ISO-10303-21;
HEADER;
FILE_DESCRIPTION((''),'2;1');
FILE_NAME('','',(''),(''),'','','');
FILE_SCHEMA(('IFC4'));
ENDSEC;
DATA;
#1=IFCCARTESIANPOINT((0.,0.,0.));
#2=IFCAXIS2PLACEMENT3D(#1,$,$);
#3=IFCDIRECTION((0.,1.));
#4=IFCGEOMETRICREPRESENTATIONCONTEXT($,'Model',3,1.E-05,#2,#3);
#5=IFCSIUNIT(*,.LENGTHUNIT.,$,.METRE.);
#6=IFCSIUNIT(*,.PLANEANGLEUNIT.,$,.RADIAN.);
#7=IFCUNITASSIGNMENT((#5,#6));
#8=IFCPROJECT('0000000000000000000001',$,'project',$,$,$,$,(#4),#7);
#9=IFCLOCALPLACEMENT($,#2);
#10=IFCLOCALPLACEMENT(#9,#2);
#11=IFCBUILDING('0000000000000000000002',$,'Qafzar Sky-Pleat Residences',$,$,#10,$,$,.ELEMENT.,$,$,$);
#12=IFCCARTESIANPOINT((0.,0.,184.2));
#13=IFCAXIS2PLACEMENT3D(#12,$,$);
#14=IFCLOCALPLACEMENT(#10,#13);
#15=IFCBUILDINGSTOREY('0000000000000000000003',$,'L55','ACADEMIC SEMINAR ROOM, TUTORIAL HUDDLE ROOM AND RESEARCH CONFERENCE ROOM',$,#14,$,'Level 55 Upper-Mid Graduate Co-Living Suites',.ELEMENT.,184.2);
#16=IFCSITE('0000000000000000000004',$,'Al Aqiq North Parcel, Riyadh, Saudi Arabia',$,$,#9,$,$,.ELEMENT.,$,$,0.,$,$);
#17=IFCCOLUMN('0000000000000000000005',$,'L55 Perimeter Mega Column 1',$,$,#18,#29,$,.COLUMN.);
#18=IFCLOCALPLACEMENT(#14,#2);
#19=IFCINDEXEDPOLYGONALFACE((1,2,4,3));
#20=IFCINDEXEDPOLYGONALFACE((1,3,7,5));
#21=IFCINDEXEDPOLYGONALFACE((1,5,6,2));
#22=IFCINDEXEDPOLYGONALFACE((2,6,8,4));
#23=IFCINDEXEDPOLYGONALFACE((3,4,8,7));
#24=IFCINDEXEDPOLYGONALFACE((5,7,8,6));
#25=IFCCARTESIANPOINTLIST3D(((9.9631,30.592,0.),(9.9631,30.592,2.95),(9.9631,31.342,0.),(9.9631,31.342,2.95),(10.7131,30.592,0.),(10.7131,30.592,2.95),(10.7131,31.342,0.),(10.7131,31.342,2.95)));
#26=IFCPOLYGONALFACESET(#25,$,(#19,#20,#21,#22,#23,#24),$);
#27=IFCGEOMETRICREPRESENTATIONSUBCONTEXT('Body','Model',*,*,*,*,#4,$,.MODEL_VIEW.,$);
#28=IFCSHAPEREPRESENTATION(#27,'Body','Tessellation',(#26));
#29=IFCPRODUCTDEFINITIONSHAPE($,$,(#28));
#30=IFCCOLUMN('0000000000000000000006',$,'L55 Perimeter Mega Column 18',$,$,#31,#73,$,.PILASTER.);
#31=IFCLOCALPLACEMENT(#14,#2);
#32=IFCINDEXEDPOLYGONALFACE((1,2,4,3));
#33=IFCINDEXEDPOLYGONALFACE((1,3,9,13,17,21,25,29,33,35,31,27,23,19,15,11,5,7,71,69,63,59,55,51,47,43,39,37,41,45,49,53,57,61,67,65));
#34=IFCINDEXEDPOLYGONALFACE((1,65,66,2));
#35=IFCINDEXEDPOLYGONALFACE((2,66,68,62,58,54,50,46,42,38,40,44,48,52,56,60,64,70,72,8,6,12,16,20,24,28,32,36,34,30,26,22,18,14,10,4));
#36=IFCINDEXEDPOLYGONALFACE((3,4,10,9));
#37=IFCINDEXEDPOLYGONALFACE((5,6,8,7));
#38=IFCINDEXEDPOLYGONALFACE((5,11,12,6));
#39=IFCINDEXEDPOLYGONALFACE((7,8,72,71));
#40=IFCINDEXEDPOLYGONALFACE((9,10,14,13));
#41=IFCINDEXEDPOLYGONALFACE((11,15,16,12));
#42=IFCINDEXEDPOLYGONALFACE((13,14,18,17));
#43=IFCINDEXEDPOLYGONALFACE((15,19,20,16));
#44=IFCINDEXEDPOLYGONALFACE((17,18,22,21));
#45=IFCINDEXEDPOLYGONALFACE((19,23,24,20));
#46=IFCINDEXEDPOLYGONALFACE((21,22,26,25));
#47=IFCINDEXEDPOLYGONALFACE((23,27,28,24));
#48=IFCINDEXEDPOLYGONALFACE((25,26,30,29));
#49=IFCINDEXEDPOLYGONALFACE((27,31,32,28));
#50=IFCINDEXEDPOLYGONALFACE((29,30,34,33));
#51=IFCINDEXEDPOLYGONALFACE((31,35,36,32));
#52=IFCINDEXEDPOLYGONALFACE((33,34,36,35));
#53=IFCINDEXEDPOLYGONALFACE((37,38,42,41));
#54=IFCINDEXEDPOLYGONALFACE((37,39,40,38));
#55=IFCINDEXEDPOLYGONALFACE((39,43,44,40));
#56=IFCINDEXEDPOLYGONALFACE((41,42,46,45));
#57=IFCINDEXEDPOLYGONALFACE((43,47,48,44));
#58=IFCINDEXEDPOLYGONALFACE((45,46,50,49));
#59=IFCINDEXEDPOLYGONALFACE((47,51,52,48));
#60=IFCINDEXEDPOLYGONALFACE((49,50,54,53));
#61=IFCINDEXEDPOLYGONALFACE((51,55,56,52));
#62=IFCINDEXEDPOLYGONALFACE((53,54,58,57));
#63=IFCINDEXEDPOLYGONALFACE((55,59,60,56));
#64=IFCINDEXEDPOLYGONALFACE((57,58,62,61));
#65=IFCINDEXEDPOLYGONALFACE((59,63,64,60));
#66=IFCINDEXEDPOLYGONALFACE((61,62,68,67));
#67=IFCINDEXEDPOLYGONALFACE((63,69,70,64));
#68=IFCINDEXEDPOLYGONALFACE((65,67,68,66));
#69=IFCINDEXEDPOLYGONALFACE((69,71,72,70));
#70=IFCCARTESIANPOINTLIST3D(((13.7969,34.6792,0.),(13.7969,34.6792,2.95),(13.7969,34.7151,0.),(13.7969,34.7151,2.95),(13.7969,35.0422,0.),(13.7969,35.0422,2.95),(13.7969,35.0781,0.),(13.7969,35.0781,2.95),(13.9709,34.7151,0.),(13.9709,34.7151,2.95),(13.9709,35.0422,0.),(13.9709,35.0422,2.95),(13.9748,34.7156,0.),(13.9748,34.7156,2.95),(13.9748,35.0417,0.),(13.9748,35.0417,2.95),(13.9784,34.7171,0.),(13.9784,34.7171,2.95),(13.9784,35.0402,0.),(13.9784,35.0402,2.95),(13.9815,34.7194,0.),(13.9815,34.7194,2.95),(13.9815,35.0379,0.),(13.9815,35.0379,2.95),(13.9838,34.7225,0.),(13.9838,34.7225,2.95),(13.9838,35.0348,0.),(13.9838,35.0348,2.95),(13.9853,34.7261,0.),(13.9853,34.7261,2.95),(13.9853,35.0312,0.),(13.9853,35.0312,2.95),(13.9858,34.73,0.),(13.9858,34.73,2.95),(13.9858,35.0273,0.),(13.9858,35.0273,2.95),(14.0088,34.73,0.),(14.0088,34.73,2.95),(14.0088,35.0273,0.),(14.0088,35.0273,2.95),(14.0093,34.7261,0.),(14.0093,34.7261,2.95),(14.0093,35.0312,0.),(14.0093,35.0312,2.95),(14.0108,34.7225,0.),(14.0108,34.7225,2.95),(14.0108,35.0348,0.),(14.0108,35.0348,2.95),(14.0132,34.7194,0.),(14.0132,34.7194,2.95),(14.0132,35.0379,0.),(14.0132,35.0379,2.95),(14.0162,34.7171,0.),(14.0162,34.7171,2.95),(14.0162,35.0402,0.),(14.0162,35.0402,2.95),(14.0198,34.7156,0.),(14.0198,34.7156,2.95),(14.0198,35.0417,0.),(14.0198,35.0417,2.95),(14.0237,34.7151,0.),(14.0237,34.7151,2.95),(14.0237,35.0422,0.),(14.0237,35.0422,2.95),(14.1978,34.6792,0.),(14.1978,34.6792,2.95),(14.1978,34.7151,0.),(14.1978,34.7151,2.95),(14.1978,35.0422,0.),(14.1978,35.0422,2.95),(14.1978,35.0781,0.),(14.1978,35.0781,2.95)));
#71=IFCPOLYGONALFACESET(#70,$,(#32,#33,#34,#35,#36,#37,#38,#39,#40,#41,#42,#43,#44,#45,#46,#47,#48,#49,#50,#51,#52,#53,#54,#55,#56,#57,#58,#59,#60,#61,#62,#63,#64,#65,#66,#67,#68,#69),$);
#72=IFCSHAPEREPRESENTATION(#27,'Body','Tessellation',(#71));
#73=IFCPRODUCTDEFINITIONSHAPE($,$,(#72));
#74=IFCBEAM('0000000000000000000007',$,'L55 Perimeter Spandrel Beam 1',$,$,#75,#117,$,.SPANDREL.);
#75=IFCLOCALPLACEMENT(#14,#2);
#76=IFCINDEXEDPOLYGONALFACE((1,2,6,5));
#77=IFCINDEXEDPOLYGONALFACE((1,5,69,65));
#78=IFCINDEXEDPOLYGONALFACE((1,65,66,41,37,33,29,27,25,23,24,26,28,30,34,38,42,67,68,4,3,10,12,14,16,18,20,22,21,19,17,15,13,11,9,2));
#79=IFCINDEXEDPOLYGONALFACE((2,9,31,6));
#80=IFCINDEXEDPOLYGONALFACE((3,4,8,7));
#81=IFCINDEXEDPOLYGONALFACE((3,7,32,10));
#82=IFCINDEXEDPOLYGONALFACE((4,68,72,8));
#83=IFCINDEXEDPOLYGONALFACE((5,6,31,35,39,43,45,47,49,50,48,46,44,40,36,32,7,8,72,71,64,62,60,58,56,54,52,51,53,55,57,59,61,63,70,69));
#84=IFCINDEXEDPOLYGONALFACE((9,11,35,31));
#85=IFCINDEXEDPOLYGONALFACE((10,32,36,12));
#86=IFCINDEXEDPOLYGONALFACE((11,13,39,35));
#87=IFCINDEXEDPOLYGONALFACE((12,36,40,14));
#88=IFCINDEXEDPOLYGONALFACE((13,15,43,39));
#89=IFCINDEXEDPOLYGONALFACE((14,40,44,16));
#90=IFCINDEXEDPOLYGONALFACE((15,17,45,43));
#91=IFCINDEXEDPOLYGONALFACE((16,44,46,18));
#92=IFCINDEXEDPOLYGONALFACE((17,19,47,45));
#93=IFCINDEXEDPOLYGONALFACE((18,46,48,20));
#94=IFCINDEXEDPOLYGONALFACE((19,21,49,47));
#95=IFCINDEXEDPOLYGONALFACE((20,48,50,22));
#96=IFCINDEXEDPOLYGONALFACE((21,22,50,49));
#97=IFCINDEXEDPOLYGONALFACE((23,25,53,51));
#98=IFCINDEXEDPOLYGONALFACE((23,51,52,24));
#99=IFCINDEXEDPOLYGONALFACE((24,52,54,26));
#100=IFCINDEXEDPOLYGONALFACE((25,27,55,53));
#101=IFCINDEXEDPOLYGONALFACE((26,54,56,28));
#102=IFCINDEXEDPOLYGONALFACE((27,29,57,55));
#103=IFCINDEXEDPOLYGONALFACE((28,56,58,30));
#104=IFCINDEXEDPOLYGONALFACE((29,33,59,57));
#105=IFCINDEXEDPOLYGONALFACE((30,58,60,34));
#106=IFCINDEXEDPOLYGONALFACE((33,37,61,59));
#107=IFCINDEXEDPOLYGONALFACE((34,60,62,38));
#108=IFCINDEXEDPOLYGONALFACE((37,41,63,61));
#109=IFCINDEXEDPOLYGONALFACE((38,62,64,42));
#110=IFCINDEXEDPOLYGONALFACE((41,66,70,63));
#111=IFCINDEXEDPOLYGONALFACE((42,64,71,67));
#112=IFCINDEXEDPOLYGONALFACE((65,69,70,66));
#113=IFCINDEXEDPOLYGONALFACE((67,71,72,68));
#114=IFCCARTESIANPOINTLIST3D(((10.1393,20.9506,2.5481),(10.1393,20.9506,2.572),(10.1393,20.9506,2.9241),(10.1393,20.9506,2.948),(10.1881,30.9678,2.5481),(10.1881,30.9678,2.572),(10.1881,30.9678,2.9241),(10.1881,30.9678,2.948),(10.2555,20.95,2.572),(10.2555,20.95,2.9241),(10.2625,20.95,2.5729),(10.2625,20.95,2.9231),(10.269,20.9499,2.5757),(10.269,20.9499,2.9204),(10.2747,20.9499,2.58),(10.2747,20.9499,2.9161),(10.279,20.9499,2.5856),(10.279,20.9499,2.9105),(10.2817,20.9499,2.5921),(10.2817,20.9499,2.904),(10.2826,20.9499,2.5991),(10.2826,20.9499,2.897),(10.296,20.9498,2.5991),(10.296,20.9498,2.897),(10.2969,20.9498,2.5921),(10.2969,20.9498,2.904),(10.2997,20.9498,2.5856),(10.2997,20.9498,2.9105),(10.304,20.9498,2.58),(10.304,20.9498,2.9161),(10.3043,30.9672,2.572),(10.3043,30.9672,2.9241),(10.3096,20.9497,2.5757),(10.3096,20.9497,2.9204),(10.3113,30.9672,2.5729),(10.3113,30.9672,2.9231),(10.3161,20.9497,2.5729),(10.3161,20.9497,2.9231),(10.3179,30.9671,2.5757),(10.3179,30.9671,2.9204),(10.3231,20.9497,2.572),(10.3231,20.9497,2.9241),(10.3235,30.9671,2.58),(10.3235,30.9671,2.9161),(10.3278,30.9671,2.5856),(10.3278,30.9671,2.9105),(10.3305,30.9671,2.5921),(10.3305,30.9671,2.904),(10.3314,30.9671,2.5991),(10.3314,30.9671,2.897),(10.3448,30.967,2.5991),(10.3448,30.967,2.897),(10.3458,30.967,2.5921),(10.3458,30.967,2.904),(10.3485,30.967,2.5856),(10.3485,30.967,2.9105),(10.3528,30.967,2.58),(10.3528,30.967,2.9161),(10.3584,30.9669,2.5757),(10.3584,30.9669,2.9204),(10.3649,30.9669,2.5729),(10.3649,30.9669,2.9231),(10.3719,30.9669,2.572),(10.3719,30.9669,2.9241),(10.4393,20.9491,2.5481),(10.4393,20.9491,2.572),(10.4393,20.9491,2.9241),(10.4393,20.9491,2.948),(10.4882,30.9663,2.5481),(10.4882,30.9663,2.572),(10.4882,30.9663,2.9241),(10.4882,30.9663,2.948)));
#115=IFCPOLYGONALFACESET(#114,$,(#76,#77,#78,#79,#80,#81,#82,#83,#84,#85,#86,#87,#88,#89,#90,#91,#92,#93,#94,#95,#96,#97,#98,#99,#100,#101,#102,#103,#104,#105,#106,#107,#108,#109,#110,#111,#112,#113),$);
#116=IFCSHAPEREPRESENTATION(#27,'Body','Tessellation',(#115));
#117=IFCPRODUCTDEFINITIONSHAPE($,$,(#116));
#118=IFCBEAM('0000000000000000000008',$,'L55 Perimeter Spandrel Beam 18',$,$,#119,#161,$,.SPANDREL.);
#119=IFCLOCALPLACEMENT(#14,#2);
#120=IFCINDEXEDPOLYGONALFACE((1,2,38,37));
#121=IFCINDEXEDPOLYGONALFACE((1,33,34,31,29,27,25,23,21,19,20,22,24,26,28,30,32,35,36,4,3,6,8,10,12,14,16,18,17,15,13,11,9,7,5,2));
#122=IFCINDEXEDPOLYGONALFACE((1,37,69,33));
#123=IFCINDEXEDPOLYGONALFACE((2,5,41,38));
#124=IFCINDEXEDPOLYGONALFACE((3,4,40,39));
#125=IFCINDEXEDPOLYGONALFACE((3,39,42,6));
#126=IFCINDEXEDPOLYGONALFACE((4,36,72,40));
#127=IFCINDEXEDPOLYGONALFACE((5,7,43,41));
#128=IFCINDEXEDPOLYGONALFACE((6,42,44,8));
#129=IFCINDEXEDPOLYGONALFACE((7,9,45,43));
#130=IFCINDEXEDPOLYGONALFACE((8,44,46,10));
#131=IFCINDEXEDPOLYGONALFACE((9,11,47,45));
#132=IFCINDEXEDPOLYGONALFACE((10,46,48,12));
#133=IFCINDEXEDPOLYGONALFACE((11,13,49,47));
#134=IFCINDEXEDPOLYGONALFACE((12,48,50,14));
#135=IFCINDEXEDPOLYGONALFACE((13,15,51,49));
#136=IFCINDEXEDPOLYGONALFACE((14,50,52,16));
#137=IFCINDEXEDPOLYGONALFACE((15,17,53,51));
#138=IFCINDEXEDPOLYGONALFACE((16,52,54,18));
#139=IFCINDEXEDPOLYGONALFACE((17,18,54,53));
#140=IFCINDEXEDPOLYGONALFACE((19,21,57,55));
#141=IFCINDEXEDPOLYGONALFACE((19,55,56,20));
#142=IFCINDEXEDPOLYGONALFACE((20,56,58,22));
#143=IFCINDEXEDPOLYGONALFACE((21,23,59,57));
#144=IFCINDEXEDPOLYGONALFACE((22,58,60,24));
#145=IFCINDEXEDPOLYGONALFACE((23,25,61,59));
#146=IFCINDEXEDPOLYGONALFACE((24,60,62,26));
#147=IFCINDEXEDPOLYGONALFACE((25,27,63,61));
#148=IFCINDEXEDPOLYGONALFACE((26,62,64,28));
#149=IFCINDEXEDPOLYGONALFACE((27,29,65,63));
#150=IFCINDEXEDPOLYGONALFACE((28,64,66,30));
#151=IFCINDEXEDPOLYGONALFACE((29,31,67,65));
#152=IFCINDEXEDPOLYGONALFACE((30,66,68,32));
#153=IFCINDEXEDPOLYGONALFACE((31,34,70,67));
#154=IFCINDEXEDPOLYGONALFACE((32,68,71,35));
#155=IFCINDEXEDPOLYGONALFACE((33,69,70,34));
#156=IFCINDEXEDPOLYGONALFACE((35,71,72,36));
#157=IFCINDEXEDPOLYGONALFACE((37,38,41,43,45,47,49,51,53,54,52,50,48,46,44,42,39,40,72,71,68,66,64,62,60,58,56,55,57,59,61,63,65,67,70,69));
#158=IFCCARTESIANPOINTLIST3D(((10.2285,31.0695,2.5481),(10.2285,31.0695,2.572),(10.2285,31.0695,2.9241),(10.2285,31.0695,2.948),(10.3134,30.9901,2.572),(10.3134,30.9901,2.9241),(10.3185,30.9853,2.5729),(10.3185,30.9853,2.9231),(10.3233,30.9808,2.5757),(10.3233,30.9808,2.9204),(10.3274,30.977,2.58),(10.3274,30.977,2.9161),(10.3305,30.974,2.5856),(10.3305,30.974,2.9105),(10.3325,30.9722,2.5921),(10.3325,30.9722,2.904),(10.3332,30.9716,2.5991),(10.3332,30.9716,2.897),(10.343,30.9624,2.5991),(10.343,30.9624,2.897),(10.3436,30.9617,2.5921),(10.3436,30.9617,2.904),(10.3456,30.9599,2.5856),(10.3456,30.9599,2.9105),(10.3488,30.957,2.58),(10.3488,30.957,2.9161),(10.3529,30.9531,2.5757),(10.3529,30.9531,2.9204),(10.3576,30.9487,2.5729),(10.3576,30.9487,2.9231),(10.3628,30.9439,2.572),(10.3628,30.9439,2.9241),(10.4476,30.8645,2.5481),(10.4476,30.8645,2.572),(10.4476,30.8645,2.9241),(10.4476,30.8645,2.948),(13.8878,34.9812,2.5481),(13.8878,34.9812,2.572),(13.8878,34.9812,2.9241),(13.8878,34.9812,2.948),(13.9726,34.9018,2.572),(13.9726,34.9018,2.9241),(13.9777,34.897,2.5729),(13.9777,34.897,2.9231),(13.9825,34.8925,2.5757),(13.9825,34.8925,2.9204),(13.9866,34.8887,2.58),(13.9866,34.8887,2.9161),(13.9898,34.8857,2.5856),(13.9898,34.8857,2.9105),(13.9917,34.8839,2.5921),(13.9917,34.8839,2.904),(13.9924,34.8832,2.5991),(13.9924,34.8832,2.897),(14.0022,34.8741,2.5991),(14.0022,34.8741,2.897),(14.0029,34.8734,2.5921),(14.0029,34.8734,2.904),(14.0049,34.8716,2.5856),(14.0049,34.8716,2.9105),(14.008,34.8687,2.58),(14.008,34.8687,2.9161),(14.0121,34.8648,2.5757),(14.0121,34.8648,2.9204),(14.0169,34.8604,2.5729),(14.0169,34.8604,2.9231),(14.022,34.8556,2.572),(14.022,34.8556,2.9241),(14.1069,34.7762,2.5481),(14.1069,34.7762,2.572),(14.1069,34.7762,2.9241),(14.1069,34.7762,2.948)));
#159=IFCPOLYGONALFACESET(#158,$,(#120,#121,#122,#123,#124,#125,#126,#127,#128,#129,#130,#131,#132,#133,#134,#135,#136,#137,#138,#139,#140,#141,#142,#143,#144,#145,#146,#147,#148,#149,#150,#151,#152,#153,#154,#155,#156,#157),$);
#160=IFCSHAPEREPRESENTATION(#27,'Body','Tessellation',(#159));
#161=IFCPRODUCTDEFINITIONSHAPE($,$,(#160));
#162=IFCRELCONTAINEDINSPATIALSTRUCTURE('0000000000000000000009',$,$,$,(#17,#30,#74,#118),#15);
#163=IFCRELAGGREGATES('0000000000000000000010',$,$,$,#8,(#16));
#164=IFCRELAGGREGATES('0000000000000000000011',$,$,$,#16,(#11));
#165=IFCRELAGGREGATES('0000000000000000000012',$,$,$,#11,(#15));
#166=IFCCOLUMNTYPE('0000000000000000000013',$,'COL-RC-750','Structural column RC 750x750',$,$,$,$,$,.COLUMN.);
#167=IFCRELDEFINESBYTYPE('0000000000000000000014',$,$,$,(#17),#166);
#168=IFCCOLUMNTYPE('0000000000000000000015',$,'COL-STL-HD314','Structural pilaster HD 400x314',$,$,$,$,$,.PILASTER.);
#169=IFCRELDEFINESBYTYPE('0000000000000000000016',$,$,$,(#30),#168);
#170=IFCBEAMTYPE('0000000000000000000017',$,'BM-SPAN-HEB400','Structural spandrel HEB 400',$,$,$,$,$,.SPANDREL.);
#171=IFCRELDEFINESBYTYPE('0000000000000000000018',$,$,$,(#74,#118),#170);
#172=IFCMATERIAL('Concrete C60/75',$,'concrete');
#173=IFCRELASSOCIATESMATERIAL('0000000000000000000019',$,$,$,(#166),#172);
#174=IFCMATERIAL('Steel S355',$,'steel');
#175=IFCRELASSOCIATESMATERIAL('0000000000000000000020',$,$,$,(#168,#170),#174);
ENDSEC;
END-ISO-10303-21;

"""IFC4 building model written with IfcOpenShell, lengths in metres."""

from ifc_helpers import new_model, si_unit, direction, frame, origin, origin_2d, place, context, subcontext, project, spatial, rectangle, i_section, extrude, source, transform, mapped, material, material_profile, profile_set, type_object, element, save


model = new_model("IFC4")

# Units and contexts
model_context = context("Model", 3, precision=1e-05, world=origin(), true_north=direction((0.0, 1.0)))
body_context = subcontext(model_context, "Body", "Model", "MODEL_VIEW")
ifc_project = project(units=[si_unit("LENGTHUNIT", "METRE"), si_unit("PLANEANGLEUNIT", "RADIAN")], contexts=[model_context])

# Site, building, storey
site_placement = place(None, origin())
site = spatial("IfcSite", under=ifc_project, at=site_placement, Name="Al Aqiq North Parcel, Riyadh, Saudi Arabia", CompositionType="ELEMENT", RefElevation=0.0)
building_placement = place(site_placement, origin())
building = spatial("IfcBuilding", under=site, at=building_placement, Name="Qafzar Sky-Pleat Residences", CompositionType="ELEMENT")
storey_placement = place(building_placement, frame((0.0, 0.0, 184.2)))
storey = spatial("IfcBuildingStorey", under=building, at=storey_placement, Name="L55", Description="ACADEMIC SEMINAR ROOM, TUTORIAL HUDDLE ROOM AND RESEARCH CONFERENCE ROOM", LongName="Level 55 Upper-Mid Graduate Co-Living Suites", CompositionType="ELEMENT", Elevation=184.2)

# Columns
ifc_material_1 = material(Name="Concrete C60/75", Category="concrete")
ifc_material_profile_1 = material_profile(ifc_material_1, rectangle(XDim=0.75, YDim=0.75, at=origin_2d()), Name="RC 750x750")
ifc_profile_set_1 = profile_set([ifc_material_profile_1], Name="Concrete C60/75")
column_type_1 = type_object("IfcColumnType", Name="COL-RC-750", Description="Structural column RC 750x750", PredefinedType="COLUMN", material=ifc_profile_set_1)
shared_shape_1 = source(origin(), body_context, "Body", "SweptSolid", [
    extrude(rectangle(XDim=0.75, YDim=0.75, at=origin_2d()), origin(), (0.0, 0.0, 1.0), 2.95),
])
column_1_placement = place(storey_placement, frame((10.3381, 30.967, 0.0), z_axis=(0.0, 0.0, 1.0), x_axis=(1.0, 0.0, 0.0)))
element("IfcColumn", 1, at=column_1_placement, inside=storey, type_object=column_type_1, Name="L55 Perimeter Mega Column 1", PredefinedType="COLUMN", context=body_context, shape_type="MappedRepresentation", body=[
    mapped(shared_shape_1, transform((0.0, 0.0, 0.0), x_axis=(1.0, 0.0, 0.0), y_axis=(0.0, 1.0, 0.0), z_axis=(0.0, 0.0, 1.0), scale=1.0)),
])
ifc_material_2 = material(Name="Steel S355", Category="steel")
ifc_material_profile_2 = material_profile(ifc_material_2, i_section(OverallWidth=0.4009, OverallDepth=0.3989, WebThickness=0.0229, FlangeThickness=0.0359, FilletRadius=0.0149, at=origin_2d()), Name="HD 400x314")
ifc_profile_set_2 = profile_set([ifc_material_profile_2], Name="Steel S355")
column_type_2 = type_object("IfcColumnType", Name="COL-STL-HD314", Description="Structural pilaster HD 400x314", PredefinedType="PILASTER", material=ifc_profile_set_2)
shared_shape_2 = source(origin(), body_context, "Body", "SweptSolid", [
    extrude(i_section(OverallWidth=0.4009, OverallDepth=0.3989, WebThickness=0.0229, FlangeThickness=0.0359, FilletRadius=0.0149, at=origin_2d()), origin(), (0.0, 0.0, 1.0), 2.95),
])
column_2_placement = place(storey_placement, frame((13.9973, 34.8787, 0.0), z_axis=(0.0, 0.0, 1.0), x_axis=(1.0, 0.0, 0.0)))
element("IfcColumn", 2, at=column_2_placement, inside=storey, type_object=column_type_2, Name="L55 Perimeter Mega Column 18", PredefinedType="PILASTER", context=body_context, shape_type="MappedRepresentation", body=[
    mapped(shared_shape_2, transform((0.0, 0.0, 0.0), x_axis=(1.0, 0.0, 0.0), y_axis=(0.0, 1.0, 0.0), z_axis=(0.0, 0.0, 1.0), scale=1.0)),
])

# Beams
ifc_material_profile_3 = material_profile(ifc_material_2, i_section(OverallWidth=0.3, OverallDepth=0.3999, WebThickness=0.0134, FlangeThickness=0.0239, FilletRadius=0.0271, at=origin_2d()), Name="HEB 400")
ifc_profile_set_3 = profile_set([ifc_material_profile_3], Name="Steel S355")
beam_type_1 = type_object("IfcBeamType", Name="BM-SPAN-HEB400", Description="Structural spandrel HEB 400", PredefinedType="SPANDREL", material=ifc_profile_set_3)
shared_shape_3 = source(origin(), body_context, "Body", "SweptSolid", [
    extrude(i_section(OverallWidth=0.3, OverallDepth=0.3999, WebThickness=0.0134, FlangeThickness=0.0239, FilletRadius=0.0271, at=origin_2d()), origin(), (0.0, 0.0, 1.0), 10.0173),
])
beam_1_placement = place(storey_placement, frame((10.3381, 30.967, 2.748), z_axis=(-0.004874, -0.999988, 0.0), x_axis=(0.999988, -0.004874, 0.0)))
element("IfcBeam", 3, at=beam_1_placement, inside=storey, type_object=beam_type_1, Name="L55 Perimeter Spandrel Beam 1", PredefinedType="SPANDREL", context=body_context, shape_type="MappedRepresentation", body=[
    mapped(shared_shape_3, transform((0.0, 0.0, 0.0), x_axis=(1.0, 0.0, 0.0), y_axis=(0.0, 1.0, 0.0), z_axis=(0.0, 0.0, 1.0), scale=1.0)),
])
shared_shape_4 = source(origin(), body_context, "Body", "SweptSolid", [
    extrude(i_section(OverallWidth=0.3, OverallDepth=0.3999, WebThickness=0.0134, FlangeThickness=0.0239, FilletRadius=0.0271, at=origin_2d()), origin(), (0.0, 0.0, 1.0), 5.3564),
])
beam_2_placement = place(storey_placement, frame((13.9973, 34.8787, 2.748), z_axis=(-0.683149, -0.730279, 0.0), x_axis=(0.730279, -0.683149, 0.0)))
element("IfcBeam", 4, at=beam_2_placement, inside=storey, type_object=beam_type_1, Name="L55 Perimeter Spandrel Beam 18", PredefinedType="SPANDREL", context=body_context, shape_type="MappedRepresentation", body=[
    mapped(shared_shape_4, transform((0.0, 0.0, 0.0), x_axis=(1.0, 0.0, 0.0), y_axis=(0.0, 1.0, 0.0), z_axis=(0.0, 0.0, 1.0), scale=1.0)),
])

save(model, "model.ifc")
